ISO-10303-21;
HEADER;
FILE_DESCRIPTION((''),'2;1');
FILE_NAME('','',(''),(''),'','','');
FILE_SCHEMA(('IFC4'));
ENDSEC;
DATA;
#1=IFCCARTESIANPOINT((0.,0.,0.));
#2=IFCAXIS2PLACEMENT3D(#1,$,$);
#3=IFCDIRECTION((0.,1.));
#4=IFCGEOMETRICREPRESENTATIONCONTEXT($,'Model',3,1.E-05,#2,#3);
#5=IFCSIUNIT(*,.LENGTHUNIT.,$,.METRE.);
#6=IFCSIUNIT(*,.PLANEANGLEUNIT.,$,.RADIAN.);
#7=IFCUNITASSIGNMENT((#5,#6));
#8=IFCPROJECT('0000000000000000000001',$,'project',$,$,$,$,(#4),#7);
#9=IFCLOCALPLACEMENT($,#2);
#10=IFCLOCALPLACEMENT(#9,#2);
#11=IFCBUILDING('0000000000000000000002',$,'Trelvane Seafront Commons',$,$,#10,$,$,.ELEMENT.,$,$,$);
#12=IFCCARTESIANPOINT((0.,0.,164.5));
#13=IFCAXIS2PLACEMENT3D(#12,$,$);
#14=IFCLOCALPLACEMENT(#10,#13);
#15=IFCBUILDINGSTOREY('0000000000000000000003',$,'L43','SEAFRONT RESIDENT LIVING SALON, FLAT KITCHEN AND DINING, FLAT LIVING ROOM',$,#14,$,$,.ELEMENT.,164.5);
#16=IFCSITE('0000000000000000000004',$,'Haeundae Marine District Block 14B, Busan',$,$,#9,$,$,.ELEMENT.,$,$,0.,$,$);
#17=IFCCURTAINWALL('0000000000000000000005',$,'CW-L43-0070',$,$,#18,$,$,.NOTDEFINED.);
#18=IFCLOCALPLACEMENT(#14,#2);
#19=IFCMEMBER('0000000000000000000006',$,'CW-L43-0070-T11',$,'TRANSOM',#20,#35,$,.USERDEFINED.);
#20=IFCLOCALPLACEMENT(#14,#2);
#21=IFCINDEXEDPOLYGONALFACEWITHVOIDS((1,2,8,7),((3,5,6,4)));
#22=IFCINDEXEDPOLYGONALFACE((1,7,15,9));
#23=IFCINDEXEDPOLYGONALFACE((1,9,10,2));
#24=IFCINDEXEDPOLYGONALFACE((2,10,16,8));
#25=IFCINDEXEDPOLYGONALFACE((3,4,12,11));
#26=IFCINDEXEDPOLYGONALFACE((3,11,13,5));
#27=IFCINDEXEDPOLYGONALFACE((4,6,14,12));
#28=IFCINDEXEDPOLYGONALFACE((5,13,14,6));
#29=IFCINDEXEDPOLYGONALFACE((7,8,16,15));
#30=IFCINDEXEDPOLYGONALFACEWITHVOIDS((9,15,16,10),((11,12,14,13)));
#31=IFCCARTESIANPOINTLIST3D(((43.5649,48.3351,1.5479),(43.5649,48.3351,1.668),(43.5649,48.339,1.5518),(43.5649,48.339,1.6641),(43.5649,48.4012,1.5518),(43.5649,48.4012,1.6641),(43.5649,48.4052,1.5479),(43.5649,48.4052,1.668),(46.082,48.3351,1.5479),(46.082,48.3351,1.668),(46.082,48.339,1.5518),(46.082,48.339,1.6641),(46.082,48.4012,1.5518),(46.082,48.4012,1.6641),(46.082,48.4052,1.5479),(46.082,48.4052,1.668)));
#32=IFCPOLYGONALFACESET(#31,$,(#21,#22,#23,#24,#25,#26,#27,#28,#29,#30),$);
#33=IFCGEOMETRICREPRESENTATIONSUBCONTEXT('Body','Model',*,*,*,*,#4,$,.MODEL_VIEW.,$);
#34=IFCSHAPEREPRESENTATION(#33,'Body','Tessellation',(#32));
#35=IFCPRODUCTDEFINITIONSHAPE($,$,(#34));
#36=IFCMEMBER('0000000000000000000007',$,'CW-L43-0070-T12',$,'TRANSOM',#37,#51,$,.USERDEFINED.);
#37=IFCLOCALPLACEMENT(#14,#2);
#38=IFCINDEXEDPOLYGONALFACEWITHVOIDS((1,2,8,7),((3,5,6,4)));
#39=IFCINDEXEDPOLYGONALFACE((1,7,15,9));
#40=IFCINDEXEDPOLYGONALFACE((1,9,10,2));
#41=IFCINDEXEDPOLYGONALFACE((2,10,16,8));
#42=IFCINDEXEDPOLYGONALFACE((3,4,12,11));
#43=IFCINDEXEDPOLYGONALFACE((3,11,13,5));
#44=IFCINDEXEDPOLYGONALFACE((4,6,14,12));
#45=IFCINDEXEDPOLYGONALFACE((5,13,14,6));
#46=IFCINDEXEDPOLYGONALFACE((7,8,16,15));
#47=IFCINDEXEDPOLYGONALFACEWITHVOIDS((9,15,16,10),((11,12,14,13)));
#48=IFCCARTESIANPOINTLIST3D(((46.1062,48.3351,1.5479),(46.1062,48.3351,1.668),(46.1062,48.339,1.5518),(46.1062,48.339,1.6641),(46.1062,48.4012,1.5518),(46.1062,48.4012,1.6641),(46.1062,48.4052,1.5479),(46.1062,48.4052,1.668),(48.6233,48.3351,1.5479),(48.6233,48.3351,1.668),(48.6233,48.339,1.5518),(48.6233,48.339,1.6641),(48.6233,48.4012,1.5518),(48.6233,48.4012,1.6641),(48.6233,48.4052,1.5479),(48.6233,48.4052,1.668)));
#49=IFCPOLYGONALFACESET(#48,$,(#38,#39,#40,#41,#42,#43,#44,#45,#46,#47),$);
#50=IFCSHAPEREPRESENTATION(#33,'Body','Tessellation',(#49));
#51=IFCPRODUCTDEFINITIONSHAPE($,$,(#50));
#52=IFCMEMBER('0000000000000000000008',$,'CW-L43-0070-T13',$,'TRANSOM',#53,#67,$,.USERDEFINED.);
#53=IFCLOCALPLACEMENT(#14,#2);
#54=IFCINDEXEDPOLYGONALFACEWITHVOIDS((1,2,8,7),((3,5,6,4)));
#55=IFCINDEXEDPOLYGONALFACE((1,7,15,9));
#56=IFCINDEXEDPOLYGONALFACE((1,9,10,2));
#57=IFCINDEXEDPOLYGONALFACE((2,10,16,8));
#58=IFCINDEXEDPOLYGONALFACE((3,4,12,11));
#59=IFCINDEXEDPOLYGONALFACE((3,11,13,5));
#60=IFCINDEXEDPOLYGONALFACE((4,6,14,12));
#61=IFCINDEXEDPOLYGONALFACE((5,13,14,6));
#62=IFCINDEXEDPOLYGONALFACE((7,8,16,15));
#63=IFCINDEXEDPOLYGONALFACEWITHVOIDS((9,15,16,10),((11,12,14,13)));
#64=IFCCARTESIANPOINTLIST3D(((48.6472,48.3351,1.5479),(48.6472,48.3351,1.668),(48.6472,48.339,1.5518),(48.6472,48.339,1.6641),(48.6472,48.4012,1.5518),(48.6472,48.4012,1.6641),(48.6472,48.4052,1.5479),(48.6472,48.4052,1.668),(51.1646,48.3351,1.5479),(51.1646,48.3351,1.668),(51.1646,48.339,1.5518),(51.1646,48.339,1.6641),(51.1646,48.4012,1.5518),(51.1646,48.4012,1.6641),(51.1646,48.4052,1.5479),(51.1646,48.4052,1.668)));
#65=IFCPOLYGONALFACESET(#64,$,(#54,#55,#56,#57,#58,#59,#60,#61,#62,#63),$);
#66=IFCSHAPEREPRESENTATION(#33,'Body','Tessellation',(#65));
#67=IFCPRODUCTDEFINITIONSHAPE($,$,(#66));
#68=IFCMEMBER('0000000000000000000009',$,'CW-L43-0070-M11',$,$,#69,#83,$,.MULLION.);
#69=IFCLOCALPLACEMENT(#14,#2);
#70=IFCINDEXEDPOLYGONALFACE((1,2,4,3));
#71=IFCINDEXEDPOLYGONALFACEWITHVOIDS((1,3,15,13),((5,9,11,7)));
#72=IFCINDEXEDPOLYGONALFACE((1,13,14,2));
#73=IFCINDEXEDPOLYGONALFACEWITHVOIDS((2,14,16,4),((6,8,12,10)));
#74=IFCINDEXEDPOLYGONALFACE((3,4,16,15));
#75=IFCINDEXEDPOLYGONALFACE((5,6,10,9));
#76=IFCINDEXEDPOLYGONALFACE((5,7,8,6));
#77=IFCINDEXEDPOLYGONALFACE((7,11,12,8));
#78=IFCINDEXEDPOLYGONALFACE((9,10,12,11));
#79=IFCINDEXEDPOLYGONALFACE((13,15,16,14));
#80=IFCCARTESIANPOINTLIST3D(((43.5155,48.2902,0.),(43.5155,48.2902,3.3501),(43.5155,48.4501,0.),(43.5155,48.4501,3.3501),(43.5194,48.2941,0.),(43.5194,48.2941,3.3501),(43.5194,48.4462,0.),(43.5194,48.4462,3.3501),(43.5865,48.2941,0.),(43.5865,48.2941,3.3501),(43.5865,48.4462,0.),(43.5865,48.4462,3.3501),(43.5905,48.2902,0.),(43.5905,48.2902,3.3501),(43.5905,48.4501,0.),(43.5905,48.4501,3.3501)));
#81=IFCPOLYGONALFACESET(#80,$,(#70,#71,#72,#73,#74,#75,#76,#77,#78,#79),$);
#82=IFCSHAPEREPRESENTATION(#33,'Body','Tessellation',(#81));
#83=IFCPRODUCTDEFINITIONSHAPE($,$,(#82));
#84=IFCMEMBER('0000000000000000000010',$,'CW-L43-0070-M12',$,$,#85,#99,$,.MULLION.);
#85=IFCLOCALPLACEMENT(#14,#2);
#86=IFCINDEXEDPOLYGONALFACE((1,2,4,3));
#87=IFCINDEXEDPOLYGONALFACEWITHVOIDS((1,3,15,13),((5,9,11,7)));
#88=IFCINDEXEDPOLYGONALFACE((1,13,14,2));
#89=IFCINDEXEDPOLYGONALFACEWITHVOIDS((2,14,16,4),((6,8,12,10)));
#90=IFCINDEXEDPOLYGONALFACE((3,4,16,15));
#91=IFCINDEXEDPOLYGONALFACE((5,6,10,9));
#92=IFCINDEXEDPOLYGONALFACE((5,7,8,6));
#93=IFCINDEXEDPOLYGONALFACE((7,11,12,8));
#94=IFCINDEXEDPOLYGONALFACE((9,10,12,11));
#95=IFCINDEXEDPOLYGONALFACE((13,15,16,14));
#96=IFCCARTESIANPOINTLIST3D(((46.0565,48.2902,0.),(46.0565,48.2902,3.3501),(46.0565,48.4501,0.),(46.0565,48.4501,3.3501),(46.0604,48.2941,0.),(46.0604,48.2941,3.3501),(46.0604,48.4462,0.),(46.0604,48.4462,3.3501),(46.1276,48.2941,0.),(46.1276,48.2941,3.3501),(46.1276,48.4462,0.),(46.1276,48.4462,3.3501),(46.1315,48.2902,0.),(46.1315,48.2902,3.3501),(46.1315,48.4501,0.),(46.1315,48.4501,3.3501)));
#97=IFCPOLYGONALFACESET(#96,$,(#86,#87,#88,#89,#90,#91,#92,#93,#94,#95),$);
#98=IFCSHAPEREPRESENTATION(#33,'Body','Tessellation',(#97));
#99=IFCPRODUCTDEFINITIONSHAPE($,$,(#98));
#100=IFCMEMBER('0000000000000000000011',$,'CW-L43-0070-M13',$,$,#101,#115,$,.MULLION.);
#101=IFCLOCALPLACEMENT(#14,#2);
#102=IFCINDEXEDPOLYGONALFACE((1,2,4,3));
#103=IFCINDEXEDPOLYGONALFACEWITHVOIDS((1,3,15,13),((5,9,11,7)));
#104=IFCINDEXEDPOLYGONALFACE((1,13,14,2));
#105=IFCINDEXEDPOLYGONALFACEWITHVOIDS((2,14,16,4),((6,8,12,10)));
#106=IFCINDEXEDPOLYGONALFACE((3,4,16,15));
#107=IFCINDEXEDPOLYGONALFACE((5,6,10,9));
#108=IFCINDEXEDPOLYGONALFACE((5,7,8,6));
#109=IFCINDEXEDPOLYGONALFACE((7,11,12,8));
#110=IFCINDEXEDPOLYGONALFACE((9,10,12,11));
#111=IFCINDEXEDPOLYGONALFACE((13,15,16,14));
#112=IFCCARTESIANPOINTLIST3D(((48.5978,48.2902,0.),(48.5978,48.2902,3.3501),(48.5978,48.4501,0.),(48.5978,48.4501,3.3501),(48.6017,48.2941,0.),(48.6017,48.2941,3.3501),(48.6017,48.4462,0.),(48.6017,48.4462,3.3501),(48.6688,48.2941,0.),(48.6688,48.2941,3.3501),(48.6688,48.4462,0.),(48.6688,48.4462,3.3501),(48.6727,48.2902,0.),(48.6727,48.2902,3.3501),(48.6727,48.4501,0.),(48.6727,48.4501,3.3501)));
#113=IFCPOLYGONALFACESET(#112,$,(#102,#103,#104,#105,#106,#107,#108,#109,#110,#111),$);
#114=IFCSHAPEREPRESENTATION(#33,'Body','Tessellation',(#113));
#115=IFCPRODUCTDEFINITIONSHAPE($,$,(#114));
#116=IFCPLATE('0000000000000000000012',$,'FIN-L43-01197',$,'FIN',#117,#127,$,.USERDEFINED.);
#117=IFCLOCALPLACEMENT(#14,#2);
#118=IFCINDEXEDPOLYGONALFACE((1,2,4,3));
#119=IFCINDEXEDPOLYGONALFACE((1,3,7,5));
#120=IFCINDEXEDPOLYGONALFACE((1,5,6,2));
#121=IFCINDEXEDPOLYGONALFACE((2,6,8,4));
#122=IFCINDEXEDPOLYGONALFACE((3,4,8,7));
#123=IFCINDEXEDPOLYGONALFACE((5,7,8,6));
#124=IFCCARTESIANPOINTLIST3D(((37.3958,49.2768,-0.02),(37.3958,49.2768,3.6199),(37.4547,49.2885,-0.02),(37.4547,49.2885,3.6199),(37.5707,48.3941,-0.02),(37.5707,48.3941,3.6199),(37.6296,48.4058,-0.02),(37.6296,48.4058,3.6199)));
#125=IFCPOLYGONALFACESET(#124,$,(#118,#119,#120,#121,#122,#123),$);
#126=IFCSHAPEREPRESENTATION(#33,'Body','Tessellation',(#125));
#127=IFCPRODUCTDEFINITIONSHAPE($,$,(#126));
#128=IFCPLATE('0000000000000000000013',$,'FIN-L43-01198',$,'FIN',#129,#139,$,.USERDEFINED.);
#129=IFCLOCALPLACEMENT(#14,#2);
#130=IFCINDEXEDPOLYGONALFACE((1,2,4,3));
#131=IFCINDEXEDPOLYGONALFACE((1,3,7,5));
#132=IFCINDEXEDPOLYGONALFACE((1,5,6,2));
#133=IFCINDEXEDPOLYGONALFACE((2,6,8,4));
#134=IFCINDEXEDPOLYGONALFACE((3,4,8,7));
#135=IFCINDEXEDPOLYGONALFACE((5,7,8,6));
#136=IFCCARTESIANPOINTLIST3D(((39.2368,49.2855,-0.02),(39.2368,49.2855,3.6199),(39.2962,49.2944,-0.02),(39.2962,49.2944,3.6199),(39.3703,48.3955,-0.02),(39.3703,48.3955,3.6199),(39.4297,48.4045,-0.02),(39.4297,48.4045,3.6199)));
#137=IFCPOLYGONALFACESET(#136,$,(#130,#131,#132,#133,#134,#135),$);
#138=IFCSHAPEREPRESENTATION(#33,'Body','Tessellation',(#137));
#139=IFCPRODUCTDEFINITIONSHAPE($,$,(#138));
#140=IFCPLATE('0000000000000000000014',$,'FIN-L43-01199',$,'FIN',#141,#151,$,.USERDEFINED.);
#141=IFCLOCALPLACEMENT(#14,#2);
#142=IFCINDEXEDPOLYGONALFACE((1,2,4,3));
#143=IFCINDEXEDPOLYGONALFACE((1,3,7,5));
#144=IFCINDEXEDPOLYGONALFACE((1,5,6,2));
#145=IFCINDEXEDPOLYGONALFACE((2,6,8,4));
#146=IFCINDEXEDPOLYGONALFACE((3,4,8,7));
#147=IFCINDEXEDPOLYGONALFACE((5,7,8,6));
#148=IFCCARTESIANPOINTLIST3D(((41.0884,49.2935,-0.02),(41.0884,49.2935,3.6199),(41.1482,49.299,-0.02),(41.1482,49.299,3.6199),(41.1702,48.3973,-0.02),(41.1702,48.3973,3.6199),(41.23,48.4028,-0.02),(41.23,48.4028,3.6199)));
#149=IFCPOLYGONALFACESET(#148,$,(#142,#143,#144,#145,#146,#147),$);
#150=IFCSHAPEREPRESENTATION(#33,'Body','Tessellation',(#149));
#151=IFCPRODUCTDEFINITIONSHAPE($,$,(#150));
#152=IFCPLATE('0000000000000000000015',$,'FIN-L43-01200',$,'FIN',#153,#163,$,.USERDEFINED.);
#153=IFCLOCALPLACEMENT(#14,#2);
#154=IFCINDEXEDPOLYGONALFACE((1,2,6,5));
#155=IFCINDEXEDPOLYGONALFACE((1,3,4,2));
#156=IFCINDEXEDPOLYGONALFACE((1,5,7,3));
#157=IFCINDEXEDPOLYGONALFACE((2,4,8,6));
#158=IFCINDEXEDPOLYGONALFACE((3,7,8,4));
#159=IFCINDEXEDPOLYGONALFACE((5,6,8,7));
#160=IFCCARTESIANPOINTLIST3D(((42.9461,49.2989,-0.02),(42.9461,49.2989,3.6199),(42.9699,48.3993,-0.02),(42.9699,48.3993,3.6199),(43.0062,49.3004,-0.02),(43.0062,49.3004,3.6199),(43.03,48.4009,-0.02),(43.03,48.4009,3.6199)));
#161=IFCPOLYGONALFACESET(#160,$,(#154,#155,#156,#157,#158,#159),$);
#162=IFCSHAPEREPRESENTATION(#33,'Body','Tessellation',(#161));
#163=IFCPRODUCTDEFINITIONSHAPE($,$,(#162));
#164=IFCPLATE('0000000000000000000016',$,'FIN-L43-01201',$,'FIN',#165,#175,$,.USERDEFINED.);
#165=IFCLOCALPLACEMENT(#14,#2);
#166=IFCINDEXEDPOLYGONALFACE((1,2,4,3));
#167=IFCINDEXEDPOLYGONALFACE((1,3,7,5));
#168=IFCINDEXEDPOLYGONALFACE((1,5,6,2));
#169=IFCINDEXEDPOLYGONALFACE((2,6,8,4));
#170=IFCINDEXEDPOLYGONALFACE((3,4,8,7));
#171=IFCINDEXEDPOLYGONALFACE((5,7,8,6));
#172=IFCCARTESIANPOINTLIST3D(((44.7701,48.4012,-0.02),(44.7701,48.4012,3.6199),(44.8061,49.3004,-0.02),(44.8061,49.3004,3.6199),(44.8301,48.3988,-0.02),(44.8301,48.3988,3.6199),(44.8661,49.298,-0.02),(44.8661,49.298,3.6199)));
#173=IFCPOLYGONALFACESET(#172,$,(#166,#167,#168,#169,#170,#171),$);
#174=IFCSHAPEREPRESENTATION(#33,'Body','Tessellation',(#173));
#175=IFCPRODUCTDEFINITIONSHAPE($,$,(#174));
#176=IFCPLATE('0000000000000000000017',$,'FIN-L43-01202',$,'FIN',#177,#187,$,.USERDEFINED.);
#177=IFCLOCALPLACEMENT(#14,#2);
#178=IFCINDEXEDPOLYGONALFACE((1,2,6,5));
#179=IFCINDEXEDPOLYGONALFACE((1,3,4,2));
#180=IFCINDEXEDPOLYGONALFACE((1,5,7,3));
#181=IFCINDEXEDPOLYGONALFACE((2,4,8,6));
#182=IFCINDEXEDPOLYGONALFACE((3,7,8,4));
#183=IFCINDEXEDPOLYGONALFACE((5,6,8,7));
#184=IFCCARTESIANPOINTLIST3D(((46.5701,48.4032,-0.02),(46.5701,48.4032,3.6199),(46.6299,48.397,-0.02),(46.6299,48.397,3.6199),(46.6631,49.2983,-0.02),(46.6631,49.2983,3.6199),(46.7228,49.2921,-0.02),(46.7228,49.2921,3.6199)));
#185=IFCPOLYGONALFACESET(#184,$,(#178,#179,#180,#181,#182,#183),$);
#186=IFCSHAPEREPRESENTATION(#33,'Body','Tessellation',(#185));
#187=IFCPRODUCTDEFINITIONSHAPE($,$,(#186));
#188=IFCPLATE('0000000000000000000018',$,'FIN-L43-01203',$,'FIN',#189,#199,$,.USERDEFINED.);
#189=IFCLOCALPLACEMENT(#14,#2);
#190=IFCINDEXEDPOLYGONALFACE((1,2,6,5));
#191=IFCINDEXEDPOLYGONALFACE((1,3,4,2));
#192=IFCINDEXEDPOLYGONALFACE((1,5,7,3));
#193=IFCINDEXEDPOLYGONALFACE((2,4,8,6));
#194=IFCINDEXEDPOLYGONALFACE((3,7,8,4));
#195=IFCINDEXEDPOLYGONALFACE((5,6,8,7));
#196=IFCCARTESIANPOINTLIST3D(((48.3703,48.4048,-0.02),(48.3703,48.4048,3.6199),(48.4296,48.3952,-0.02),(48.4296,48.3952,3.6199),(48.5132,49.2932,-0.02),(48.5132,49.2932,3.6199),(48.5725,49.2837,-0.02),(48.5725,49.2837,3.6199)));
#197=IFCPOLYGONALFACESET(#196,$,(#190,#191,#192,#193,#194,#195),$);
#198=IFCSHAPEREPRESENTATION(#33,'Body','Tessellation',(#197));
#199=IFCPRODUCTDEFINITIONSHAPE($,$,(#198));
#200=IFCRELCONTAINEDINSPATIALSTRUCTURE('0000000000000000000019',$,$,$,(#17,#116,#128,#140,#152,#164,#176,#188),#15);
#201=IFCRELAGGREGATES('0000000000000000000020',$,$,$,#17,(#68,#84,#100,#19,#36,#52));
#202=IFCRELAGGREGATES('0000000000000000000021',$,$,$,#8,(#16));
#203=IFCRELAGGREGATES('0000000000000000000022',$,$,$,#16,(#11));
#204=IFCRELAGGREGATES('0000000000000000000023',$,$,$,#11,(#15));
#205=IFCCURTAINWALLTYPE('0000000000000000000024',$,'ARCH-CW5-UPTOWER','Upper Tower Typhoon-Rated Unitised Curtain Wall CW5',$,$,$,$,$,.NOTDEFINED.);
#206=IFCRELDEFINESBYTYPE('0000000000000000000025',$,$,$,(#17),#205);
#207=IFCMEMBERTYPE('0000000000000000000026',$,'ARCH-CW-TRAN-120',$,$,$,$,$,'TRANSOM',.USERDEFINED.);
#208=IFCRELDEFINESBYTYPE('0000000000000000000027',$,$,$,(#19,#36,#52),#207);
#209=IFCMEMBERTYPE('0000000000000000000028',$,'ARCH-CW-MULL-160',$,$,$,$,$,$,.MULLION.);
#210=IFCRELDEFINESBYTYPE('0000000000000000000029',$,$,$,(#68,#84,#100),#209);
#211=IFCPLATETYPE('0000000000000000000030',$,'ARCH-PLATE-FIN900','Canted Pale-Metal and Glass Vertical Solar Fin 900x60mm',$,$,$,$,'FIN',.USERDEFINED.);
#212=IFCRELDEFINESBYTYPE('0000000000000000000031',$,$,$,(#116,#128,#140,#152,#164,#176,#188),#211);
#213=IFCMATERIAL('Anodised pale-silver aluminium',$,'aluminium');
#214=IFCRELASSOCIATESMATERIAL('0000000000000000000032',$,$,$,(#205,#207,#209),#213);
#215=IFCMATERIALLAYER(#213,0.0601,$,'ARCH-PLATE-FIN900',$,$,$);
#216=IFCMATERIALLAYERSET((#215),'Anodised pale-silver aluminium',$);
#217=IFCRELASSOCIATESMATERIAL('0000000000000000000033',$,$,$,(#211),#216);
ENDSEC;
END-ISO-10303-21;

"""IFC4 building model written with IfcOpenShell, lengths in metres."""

from ifc_helpers import new_model, si_unit, direction, frame, origin, origin_2d, place, context, subcontext, project, spatial, rectangle, hollow_rectangle, extrude, source, transform, mapped, material, layer, layer_set, material_profile, profile_set, type_object, element, aggregate, save


model = new_model("IFC4")

# Units and contexts
model_context = context("Model", 3, precision=1e-05, world=origin(), true_north=direction((0.0, 1.0)))
body_context = subcontext(model_context, "Body", "Model", "MODEL_VIEW")
ifc_project = project(units=[si_unit("LENGTHUNIT", "METRE"), si_unit("PLANEANGLEUNIT", "RADIAN")], contexts=[model_context])

# Site, building, storey
site_placement = place(None, origin())
site = spatial("IfcSite", under=ifc_project, at=site_placement, Name="Haeundae Marine District Block 14B, Busan", CompositionType="ELEMENT", RefElevation=0.0)
building_placement = place(site_placement, origin())
building = spatial("IfcBuilding", under=site, at=building_placement, Name="Trelvane Seafront Commons", CompositionType="ELEMENT")
storey_placement = place(building_placement, frame((0.0, 0.0, 164.5)))
storey = spatial("IfcBuildingStorey", under=building, at=storey_placement, Name="L43", Description="SEAFRONT RESIDENT LIVING SALON, FLAT KITCHEN AND DINING, FLAT LIVING ROOM", CompositionType="ELEMENT", Elevation=164.5)

# Curtain wall, members
ifc_material_1 = material(Name="Anodised pale-silver aluminium", Category="aluminium")
curtain_wall_type = type_object("IfcCurtainWallType", Name="ARCH-CW5-UPTOWER", Description="Upper Tower Typhoon-Rated Unitised Curtain Wall CW5", PredefinedType="NOTDEFINED", material=ifc_material_1)
curtain_wall_placement = place(storey_placement, origin())
curtain_wall = element("IfcCurtainWall", 1, at=curtain_wall_placement, inside=storey, type_object=curtain_wall_type, Name="CW-L43-0070", PredefinedType="NOTDEFINED")
ifc_material_profile_1 = material_profile(ifc_material_1, hollow_rectangle(XDim=0.0701, YDim=0.1201, WallThickness=0.0039, at=origin_2d()), Name="TRAN-70x120x4")
ifc_profile_set_1 = profile_set([ifc_material_profile_1], Name="Anodised pale-silver aluminium")
member_type_1 = type_object("IfcMemberType", Name="ARCH-CW-TRAN-120", ElementType="TRANSOM", PredefinedType="USERDEFINED", material=ifc_profile_set_1)
shared_shape_1 = source(origin(), body_context, "Body", "SweptSolid", [
    extrude(hollow_rectangle(XDim=0.0701, YDim=0.1201, WallThickness=0.0039, at=origin_2d()), origin(), (0.0, 0.0, 1.0), 2.5171),
])
member_1_placement = place(storey_placement, frame((43.5649, 48.3701, 1.6079), z_axis=(1.0, 0.0, 0.0), x_axis=(0.0, 1.0, 0.0)))
member_1 = element("IfcMember", 2, at=member_1_placement, type_object=member_type_1, Name="CW-L43-0070-T11", ObjectType="TRANSOM", PredefinedType="USERDEFINED", context=body_context, shape_type="MappedRepresentation", body=[
    mapped(shared_shape_1, transform((0.0, 0.0, 0.0), x_axis=(1.0, 0.0, 0.0), y_axis=(0.0, 1.0, 0.0), z_axis=(0.0, 0.0, 1.0), scale=1.0)),
])
member_2_placement = place(storey_placement, frame((46.1062, 48.3701, 1.6079), z_axis=(1.0, 0.0, 0.0), x_axis=(0.0, 1.0, 0.0)))
member_2 = element("IfcMember", 3, at=member_2_placement, type_object=member_type_1, Name="CW-L43-0070-T12", ObjectType="TRANSOM", PredefinedType="USERDEFINED", context=body_context, shape_type="MappedRepresentation", body=[
    mapped(shared_shape_1, transform((0.0, 0.0, 0.0), x_axis=(1.0, 0.0, 0.0), y_axis=(0.0, 1.0, 0.0), z_axis=(0.0, 0.0, 1.0), scale=1.0)),
])
shared_shape_2 = source(origin(), body_context, "Body", "SweptSolid", [
    extrude(hollow_rectangle(XDim=0.0701, YDim=0.1201, WallThickness=0.0039, at=origin_2d()), origin(), (0.0, 0.0, 1.0), 2.5173),
])
member_3_placement = place(storey_placement, frame((48.6472, 48.3701, 1.6079), z_axis=(1.0, 0.0, 0.0), x_axis=(0.0, 1.0, 0.0)))
member_3 = element("IfcMember", 4, at=member_3_placement, type_object=member_type_1, Name="CW-L43-0070-T13", ObjectType="TRANSOM", PredefinedType="USERDEFINED", context=body_context, shape_type="MappedRepresentation", body=[
    mapped(shared_shape_2, transform((0.0, 0.0, 0.0), x_axis=(1.0, 0.0, 0.0), y_axis=(0.0, 1.0, 0.0), z_axis=(0.0, 0.0, 1.0), scale=1.0)),
])
ifc_material_profile_2 = material_profile(ifc_material_1, hollow_rectangle(XDim=0.075, YDim=0.1599, WallThickness=0.0039, at=origin_2d()), Name="MULL-75x160x4")
ifc_profile_set_2 = profile_set([ifc_material_profile_2], Name="Anodised pale-silver aluminium")
member_type_2 = type_object("IfcMemberType", Name="ARCH-CW-MULL-160", PredefinedType="MULLION", material=ifc_profile_set_2)
shared_shape_3 = source(origin(), body_context, "Body", "SweptSolid", [
    extrude(hollow_rectangle(XDim=0.075, YDim=0.1599, WallThickness=0.0039, at=origin_2d()), origin(), (0.0, 0.0, 1.0), 3.3501),
])
member_4_placement = place(storey_placement, frame((43.553, 48.3701, 0.0), z_axis=(0.0, 0.0, 1.0), x_axis=(1.0, 0.0, 0.0)))
member_4 = element("IfcMember", 5, at=member_4_placement, type_object=member_type_2, Name="CW-L43-0070-M11", PredefinedType="MULLION", context=body_context, shape_type="MappedRepresentation", body=[
    mapped(shared_shape_3, transform((0.0, 0.0, 0.0), x_axis=(1.0, 0.0, 0.0), y_axis=(0.0, 1.0, 0.0), z_axis=(0.0, 0.0, 1.0), scale=1.0)),
])
member_5_placement = place(storey_placement, frame((46.094, 48.3701, 0.0), z_axis=(0.0, 0.0, 1.0), x_axis=(1.0, 0.0, 0.0)))
member_5 = element("IfcMember", 6, at=member_5_placement, type_object=member_type_2, Name="CW-L43-0070-M12", PredefinedType="MULLION", context=body_context, shape_type="MappedRepresentation", body=[
    mapped(shared_shape_3, transform((0.0, 0.0, 0.0), x_axis=(1.0, 0.0, 0.0), y_axis=(0.0, 1.0, 0.0), z_axis=(0.0, 0.0, 1.0), scale=1.0)),
])
member_6_placement = place(storey_placement, frame((48.6353, 48.3701, 0.0), z_axis=(0.0, 0.0, 1.0), x_axis=(1.0, 0.0, 0.0)))
member_6 = element("IfcMember", 7, at=member_6_placement, type_object=member_type_2, Name="CW-L43-0070-M13", PredefinedType="MULLION", context=body_context, shape_type="MappedRepresentation", body=[
    mapped(shared_shape_3, transform((0.0, 0.0, 0.0), x_axis=(1.0, 0.0, 0.0), y_axis=(0.0, 1.0, 0.0), z_axis=(0.0, 0.0, 1.0), scale=1.0)),
])

# Plates
ifc_layer_1 = layer(ifc_material_1, 0.0601, Name="ARCH-PLATE-FIN900")
ifc_layer_set_1 = layer_set([ifc_layer_1], Name="Anodised pale-silver aluminium")
plate_type_1 = type_object("IfcPlateType", Name="ARCH-PLATE-FIN900", Description="Canted Pale-Metal and Glass Vertical Solar Fin 900x60mm", ElementType="FIN", PredefinedType="USERDEFINED", material=ifc_layer_set_1)
shared_shape_4 = source(origin(), body_context, "Body", "SweptSolid", [
    extrude(rectangle(XDim=0.8999, YDim=0.0601, at=origin_2d()), origin(), (0.0, 0.0, 1.0), 3.6399),
])
for number, where, z_axis, x_axis, name in (
    (8, (37.5127, 48.8413, -0.02), (0.0, 0.0, 1.0), (-0.194342, 0.980934, 0.0), "FIN-L43-01197"),
    (9, (39.3333, 48.845, -0.02), (0.0, 0.0, 1.0), (-0.148341, 0.988936, 0.0), "FIN-L43-01198"),
    (10, (41.1592, 48.8481, -0.02), (0.0, 0.0, 1.0), (-0.090886, 0.995861, 0.0), "FIN-L43-01199"),
    (11, (42.988, 48.8499, -0.02), (0.0, 0.0, 1.0), (-0.026444, 0.99965, 0.0), "FIN-L43-01200"),
    (12, (44.8181, 48.8496, -0.02), (0.0, 0.0, 1.0), (0.039999, 0.9992, 0.0), "FIN-L43-01201"),
    (13, (46.6465, 48.8477, -0.02), (0.0, 0.0, 1.0), (0.103331, 0.994647, 0.0), "FIN-L43-01202"),
    (14, (48.4714, 48.8442, -0.02), (0.0, 0.0, 1.0), (0.158775, 0.987315, 0.0), "FIN-L43-01203"),
):
    element("IfcPlate", number, at=place(storey_placement, frame(where, z_axis=z_axis, x_axis=x_axis)), inside=storey, type_object=plate_type_1, Name=name, ObjectType="FIN", PredefinedType="USERDEFINED", context=body_context, shape_type="MappedRepresentation", body=[
        mapped(shared_shape_4, transform((0.0, 0.0, 0.0), x_axis=(1.0, 0.0, 0.0), y_axis=(0.0, 1.0, 0.0), z_axis=(0.0, 0.0, 1.0), scale=1.0)),
    ])

aggregate(curtain_wall, [member_4, member_5, member_6, member_1, member_2, member_3])

save(model, "model.ifc")
